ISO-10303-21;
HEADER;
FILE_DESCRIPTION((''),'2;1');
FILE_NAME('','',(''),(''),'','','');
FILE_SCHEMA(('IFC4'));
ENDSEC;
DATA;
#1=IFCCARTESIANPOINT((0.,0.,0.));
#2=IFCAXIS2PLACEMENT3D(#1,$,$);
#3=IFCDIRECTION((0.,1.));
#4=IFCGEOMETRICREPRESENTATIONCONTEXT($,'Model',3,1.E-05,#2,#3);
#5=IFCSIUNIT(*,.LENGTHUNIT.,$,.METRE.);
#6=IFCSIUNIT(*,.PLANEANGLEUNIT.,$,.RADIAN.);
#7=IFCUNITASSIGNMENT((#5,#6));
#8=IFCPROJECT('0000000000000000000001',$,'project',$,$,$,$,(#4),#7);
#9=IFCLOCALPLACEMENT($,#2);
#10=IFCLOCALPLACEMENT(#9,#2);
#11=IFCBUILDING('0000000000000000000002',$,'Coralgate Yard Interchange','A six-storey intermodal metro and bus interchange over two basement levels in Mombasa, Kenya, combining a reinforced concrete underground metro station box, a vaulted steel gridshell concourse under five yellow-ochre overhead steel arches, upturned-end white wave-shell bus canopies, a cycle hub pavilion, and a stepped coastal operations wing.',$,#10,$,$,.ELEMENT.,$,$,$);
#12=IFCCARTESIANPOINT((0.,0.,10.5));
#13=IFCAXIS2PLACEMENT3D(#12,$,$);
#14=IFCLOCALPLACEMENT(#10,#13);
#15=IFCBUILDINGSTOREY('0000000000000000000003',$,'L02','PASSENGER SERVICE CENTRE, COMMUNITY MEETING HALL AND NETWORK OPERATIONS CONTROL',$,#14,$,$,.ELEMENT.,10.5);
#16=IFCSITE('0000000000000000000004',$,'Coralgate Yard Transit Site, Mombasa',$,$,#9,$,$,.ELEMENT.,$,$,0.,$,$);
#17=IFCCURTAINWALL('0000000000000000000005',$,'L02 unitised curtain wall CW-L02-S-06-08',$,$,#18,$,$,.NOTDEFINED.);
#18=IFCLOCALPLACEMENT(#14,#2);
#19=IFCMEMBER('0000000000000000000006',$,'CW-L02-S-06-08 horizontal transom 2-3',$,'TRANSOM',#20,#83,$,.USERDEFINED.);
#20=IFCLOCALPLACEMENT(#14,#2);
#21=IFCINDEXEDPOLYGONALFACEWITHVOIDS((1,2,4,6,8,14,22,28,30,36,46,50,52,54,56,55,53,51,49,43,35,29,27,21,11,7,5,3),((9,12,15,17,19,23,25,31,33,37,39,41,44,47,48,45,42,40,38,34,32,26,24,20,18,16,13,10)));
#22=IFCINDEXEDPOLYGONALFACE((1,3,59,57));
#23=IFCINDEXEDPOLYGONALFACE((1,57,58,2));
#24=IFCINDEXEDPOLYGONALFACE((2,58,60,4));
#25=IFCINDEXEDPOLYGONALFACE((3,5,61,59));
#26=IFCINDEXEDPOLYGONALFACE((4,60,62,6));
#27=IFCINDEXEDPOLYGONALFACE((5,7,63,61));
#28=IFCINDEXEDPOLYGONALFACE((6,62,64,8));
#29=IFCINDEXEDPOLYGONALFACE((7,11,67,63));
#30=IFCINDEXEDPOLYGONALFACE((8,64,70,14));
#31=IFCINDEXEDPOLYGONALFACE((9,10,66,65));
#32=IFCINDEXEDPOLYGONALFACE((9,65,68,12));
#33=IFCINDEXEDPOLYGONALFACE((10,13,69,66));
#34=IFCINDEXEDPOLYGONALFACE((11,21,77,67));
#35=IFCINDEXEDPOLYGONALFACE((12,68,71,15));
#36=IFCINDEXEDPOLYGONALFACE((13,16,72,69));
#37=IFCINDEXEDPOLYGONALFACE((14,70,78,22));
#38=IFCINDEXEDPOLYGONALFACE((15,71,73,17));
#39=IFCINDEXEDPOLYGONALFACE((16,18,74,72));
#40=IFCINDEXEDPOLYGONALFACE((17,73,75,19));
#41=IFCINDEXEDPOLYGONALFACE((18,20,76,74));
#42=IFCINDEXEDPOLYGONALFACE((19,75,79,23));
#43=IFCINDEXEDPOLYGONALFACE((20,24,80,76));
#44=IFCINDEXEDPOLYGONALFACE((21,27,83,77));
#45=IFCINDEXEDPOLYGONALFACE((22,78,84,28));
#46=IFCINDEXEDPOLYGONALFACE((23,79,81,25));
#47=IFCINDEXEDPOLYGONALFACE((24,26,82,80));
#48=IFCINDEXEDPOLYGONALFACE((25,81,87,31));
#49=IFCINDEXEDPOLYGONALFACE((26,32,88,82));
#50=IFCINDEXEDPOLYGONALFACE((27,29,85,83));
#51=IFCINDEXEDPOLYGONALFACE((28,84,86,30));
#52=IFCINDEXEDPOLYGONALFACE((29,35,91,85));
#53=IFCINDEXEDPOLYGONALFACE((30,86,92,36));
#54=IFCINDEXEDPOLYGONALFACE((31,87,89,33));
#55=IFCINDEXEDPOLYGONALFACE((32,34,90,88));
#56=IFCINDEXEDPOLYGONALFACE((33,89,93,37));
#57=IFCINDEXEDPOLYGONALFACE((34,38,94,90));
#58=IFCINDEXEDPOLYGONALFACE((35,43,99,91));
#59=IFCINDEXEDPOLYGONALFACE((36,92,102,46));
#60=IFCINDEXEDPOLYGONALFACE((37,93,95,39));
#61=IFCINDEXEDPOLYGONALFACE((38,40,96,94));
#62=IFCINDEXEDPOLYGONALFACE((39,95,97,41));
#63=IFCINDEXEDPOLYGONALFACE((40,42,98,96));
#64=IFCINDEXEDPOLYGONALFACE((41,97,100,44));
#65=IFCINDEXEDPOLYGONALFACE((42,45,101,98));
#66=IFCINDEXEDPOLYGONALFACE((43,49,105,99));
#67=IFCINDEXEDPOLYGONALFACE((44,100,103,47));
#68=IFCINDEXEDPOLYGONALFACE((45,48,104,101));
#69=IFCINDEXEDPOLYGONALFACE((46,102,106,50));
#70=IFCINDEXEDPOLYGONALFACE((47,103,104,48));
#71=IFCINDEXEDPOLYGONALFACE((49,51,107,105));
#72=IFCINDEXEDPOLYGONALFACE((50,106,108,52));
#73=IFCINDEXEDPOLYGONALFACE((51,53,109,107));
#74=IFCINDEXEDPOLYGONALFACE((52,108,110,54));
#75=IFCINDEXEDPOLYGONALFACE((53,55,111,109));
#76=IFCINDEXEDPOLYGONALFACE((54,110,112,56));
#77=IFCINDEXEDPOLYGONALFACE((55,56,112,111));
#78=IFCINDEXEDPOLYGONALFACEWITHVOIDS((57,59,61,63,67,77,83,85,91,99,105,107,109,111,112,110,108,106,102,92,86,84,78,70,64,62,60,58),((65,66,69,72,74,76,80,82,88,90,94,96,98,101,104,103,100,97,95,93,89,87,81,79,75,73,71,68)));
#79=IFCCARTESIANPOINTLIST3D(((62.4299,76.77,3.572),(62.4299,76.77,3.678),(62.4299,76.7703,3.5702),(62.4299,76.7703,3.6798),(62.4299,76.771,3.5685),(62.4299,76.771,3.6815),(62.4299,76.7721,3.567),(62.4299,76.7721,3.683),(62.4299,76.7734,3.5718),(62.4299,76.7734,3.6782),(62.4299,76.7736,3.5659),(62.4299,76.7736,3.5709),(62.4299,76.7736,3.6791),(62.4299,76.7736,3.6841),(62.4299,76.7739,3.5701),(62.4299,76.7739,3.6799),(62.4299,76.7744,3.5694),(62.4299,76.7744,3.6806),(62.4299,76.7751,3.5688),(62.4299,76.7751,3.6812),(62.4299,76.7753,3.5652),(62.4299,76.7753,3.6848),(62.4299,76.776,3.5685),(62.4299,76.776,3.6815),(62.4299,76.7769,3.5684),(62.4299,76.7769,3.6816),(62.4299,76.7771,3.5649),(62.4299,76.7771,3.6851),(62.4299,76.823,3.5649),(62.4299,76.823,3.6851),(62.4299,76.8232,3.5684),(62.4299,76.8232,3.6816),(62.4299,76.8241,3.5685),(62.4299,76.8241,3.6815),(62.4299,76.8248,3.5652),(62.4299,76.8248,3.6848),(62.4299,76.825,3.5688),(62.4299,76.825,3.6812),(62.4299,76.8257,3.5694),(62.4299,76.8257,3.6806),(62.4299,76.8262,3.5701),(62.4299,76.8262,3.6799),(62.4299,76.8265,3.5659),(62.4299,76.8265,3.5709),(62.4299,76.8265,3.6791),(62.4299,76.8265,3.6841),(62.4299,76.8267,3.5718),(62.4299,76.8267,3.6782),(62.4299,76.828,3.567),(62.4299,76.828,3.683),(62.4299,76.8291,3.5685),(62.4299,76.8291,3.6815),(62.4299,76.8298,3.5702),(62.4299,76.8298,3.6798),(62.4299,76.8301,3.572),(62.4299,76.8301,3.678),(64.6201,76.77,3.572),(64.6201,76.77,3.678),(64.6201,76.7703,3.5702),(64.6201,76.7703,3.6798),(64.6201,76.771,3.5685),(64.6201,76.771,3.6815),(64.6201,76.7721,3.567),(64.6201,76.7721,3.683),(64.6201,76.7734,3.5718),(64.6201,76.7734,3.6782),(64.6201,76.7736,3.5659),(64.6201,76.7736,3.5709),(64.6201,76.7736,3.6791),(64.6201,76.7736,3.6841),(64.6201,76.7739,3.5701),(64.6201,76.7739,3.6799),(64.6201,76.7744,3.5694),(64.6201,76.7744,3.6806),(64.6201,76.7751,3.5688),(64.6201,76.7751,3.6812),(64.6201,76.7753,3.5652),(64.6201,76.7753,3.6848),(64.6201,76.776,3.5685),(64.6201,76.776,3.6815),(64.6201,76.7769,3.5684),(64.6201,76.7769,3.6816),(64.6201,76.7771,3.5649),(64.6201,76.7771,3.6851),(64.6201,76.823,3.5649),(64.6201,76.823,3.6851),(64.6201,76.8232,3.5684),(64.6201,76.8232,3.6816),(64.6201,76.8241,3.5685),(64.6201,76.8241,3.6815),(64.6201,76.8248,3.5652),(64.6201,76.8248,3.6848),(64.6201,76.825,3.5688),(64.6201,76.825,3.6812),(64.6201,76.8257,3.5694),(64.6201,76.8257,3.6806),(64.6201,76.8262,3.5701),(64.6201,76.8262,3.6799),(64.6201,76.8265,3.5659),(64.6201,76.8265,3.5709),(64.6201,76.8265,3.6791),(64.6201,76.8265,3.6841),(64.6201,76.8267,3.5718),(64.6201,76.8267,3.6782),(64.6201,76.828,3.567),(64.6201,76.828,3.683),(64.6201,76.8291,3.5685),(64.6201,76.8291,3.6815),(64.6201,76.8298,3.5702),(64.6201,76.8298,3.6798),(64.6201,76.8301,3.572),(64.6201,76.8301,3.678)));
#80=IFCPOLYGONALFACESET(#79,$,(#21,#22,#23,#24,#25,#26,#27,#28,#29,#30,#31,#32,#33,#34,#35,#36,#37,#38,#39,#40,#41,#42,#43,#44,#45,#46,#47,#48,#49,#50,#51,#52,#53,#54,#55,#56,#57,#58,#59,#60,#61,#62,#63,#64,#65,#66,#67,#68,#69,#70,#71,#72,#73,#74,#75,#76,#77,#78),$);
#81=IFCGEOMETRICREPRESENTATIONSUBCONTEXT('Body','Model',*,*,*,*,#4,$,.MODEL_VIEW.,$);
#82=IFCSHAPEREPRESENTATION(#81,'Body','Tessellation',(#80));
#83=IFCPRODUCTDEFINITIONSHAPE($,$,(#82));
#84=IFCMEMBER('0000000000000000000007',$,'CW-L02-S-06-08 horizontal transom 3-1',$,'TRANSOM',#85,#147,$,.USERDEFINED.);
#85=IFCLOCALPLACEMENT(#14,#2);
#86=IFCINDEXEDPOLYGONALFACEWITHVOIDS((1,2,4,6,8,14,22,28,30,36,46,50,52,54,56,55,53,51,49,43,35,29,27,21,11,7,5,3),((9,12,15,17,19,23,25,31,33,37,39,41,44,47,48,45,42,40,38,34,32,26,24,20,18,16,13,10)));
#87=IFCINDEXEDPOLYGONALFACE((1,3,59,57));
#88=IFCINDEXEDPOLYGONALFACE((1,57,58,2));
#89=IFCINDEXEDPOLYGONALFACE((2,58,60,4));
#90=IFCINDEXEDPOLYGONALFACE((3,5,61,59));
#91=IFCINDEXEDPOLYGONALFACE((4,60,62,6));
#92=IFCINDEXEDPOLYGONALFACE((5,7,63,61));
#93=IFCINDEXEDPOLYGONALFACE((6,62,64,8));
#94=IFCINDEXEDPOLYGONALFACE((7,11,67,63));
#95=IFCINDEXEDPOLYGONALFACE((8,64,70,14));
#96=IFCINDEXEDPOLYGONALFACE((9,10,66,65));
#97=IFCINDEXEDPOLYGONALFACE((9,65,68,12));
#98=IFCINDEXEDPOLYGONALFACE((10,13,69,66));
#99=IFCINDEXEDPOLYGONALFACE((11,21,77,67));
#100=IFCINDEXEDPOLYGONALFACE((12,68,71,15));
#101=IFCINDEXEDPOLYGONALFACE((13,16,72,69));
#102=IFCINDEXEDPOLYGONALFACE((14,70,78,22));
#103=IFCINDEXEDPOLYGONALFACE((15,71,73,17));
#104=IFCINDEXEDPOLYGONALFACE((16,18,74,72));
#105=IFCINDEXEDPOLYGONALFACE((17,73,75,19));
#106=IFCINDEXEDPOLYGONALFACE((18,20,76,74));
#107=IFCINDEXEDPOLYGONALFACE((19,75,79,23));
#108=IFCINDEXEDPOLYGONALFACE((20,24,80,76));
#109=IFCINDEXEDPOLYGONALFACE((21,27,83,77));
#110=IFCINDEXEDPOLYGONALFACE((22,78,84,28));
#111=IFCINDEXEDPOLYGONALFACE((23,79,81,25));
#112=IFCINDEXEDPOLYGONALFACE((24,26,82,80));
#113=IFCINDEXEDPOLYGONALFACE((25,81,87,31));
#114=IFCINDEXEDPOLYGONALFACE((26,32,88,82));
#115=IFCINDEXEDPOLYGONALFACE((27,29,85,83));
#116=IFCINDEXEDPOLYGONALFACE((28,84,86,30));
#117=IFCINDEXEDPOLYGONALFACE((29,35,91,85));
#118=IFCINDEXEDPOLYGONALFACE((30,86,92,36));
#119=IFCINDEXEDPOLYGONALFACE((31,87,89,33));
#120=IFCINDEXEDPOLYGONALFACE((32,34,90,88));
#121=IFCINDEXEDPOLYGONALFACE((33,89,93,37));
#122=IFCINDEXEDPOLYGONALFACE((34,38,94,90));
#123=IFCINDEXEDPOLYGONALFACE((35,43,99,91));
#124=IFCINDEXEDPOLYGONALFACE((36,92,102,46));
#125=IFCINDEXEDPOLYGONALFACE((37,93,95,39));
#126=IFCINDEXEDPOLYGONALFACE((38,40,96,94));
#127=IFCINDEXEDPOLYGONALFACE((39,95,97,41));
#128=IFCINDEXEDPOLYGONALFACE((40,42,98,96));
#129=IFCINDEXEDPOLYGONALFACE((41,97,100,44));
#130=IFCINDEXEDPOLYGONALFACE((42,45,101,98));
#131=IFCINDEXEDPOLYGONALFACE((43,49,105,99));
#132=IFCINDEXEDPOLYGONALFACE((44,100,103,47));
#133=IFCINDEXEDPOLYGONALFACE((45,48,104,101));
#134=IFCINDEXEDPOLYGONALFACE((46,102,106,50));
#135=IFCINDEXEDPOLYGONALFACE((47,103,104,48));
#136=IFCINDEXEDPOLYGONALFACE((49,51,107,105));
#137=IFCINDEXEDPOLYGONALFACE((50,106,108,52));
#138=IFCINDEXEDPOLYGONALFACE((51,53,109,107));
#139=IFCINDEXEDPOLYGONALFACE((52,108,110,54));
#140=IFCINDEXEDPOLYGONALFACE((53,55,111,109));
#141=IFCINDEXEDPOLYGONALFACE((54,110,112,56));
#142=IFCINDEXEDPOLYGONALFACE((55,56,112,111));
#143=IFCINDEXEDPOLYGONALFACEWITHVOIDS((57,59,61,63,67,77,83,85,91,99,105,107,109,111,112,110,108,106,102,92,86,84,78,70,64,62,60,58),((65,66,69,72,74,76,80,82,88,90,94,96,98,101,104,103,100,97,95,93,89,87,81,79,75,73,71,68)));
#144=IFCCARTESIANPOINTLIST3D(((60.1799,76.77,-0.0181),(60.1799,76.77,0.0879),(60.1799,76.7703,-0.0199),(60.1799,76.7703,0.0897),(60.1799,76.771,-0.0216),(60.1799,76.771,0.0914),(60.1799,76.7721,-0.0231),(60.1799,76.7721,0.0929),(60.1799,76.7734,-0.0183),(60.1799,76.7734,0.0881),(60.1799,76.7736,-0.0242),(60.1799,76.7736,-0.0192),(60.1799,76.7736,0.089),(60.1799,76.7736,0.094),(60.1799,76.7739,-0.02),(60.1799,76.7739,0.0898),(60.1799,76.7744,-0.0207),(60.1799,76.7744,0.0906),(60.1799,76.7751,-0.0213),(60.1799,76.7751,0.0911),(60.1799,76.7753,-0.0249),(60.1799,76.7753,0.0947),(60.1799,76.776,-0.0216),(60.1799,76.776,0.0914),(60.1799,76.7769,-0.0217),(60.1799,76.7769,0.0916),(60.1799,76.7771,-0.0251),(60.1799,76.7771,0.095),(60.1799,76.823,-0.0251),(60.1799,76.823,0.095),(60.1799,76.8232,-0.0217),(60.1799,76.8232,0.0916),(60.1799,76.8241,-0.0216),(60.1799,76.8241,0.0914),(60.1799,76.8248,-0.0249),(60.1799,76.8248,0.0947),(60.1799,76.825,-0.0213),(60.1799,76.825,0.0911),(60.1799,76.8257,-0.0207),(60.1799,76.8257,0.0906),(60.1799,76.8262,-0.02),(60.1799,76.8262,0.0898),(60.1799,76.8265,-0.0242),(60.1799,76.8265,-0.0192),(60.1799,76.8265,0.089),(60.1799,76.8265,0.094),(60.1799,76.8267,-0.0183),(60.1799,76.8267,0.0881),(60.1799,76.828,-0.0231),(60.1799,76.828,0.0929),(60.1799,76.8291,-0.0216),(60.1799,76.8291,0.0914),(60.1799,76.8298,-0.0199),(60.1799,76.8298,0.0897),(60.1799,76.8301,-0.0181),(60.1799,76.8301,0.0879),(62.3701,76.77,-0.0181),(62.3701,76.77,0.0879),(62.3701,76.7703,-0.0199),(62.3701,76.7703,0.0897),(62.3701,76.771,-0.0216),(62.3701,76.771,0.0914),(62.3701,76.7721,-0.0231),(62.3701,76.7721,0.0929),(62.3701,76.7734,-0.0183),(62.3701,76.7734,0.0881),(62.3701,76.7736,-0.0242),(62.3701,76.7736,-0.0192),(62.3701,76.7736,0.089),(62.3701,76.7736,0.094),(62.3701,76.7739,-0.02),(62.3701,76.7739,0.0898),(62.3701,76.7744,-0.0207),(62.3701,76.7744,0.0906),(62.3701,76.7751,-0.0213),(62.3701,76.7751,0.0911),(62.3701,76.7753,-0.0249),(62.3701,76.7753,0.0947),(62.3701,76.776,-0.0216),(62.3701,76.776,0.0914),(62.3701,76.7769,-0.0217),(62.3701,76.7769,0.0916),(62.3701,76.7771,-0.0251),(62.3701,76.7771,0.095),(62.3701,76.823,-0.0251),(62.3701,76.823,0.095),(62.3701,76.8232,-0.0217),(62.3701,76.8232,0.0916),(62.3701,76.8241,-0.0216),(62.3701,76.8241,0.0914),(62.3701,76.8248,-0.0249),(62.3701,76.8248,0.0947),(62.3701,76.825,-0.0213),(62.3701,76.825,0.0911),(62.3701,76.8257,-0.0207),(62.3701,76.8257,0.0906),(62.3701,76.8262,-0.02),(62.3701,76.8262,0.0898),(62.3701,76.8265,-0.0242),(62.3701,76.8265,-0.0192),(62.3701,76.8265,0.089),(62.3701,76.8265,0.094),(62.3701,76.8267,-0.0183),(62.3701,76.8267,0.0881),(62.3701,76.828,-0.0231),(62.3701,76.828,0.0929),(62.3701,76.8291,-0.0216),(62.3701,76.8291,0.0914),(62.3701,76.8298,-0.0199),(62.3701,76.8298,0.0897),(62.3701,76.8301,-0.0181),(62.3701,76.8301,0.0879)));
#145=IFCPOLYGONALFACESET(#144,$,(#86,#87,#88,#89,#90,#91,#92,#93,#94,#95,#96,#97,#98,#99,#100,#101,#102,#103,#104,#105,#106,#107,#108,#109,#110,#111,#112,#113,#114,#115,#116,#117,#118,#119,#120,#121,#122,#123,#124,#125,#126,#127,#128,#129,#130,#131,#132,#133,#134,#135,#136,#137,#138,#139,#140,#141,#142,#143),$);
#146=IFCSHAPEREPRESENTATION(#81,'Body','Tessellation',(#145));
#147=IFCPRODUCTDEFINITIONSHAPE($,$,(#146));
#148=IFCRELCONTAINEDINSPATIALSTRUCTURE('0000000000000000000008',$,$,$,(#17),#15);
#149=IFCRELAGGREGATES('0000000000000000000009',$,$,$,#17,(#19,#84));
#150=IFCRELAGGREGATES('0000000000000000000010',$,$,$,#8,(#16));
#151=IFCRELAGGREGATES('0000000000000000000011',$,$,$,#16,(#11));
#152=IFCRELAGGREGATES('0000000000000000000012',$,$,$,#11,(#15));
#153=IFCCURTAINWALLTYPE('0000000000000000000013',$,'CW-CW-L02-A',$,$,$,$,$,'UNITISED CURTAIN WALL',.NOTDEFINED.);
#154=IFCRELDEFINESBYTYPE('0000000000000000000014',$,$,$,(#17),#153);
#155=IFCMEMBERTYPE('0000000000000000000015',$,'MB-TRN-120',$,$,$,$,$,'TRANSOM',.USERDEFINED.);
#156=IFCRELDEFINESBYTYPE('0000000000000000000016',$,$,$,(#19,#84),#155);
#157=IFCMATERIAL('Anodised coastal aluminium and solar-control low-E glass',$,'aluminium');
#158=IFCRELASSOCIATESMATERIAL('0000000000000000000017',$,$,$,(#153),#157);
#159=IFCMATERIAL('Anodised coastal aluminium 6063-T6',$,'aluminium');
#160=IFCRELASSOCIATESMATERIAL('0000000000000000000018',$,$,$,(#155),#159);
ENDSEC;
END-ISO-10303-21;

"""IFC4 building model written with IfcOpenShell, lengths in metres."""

from ifc_helpers import new_model, si_unit, direction, frame, origin, origin_2d, place, context, subcontext, project, spatial, hollow_rectangle, extrude, material, material_profile, profile_set, type_object, element, aggregate, save


model = new_model("IFC4")

# Units and contexts
model_context = context("Model", 3, precision=1e-05, world=origin(), true_north=direction((0.0, 1.0)))
body_context = subcontext(model_context, "Body", "Model", "MODEL_VIEW")
ifc_project = project(units=[si_unit("LENGTHUNIT", "METRE"), si_unit("PLANEANGLEUNIT", "RADIAN")], contexts=[model_context])

# Site, building, storey
site_placement = place(None, origin())
site = spatial("IfcSite", under=ifc_project, at=site_placement, Name="Coralgate Yard Transit Site, Mombasa", CompositionType="ELEMENT", RefElevation=0.0)
building_placement = place(site_placement, origin())
building = spatial("IfcBuilding", under=site, at=building_placement, Name="Coralgate Yard Interchange", Description="A six-storey intermodal metro and bus interchange over two basement levels in Mombasa, Kenya, combining a reinforced concrete underground metro station box, a vaulted steel gridshell concourse under five yellow-ochre overhead steel arches, upturned-end white wave-shell bus canopies, a cycle hub pavilion, and a stepped coastal operations wing.", CompositionType="ELEMENT")
storey_placement = place(building_placement, frame((0.0, 0.0, 10.5)))
storey = spatial("IfcBuildingStorey", under=building, at=storey_placement, Name="L02", Description="PASSENGER SERVICE CENTRE, COMMUNITY MEETING HALL AND NETWORK OPERATIONS CONTROL", CompositionType="ELEMENT", Elevation=10.5)

# Curtain wall, members
ifc_material_1 = material(Name="Anodised coastal aluminium and solar-control low-E glass", Category="aluminium")
curtain_wall_type = type_object("IfcCurtainWallType", Name="CW-CW-L02-A", ElementType="UNITISED CURTAIN WALL", PredefinedType="NOTDEFINED", material=ifc_material_1)
curtain_wall_placement = place(storey_placement, origin())
curtain_wall = element("IfcCurtainWall", 1, at=curtain_wall_placement, inside=storey, type_object=curtain_wall_type, Name="L02 unitised curtain wall CW-L02-S-06-08", PredefinedType="NOTDEFINED")
ifc_material_2 = material(Name="Anodised coastal aluminium 6063-T6", Category="aluminium")
ifc_material_profile_1 = material_profile(ifc_material_2, hollow_rectangle(XDim=0.0601, YDim=0.1201, WallThickness=0.0034, InnerFilletRadius=0.0034, OuterFilletRadius=0.0071, at=origin_2d()), Name="ALU 60x120x3.5")
ifc_profile_set_1 = profile_set([ifc_material_profile_1], Name="Anodised coastal aluminium 6063-T6")
member_type_1 = type_object("IfcMemberType", Name="MB-TRN-120", ElementType="TRANSOM", PredefinedType="USERDEFINED", material=ifc_profile_set_1)
member_1_placement = place(storey_placement, frame((64.6201, 76.8, 3.625), z_axis=(-1.0, 0.0, 0.0), x_axis=(0.0, -1.0, 0.0)))
member_1 = element("IfcMember", 2, at=member_1_placement, type_object=member_type_1, Name="CW-L02-S-06-08 horizontal transom 2-3", ObjectType="TRANSOM", PredefinedType="USERDEFINED", context=body_context, shape_type="SweptSolid", body=[
    extrude(hollow_rectangle(XDim=0.0601, YDim=0.1201, WallThickness=0.0034, InnerFilletRadius=0.0034, OuterFilletRadius=0.0071, at=origin_2d()), origin(), (0.0, 0.0, 1.0), 2.1902),
])
member_2_placement = place(storey_placement, frame((62.3701, 76.8, 0.0349), z_axis=(-1.0, 0.0, 0.0), x_axis=(0.0, -1.0, 0.0)))
member_2 = element("IfcMember", 3, at=member_2_placement, type_object=member_type_1, Name="CW-L02-S-06-08 horizontal transom 3-1", ObjectType="TRANSOM", PredefinedType="USERDEFINED", context=body_context, shape_type="SweptSolid", body=[
    extrude(hollow_rectangle(XDim=0.0601, YDim=0.1201, WallThickness=0.0034, InnerFilletRadius=0.0034, OuterFilletRadius=0.0071, at=origin_2d()), origin(), (0.0, 0.0, 1.0), 2.1902),
])
aggregate(curtain_wall, [member_1, member_2])

save(model, "model.ifc")
